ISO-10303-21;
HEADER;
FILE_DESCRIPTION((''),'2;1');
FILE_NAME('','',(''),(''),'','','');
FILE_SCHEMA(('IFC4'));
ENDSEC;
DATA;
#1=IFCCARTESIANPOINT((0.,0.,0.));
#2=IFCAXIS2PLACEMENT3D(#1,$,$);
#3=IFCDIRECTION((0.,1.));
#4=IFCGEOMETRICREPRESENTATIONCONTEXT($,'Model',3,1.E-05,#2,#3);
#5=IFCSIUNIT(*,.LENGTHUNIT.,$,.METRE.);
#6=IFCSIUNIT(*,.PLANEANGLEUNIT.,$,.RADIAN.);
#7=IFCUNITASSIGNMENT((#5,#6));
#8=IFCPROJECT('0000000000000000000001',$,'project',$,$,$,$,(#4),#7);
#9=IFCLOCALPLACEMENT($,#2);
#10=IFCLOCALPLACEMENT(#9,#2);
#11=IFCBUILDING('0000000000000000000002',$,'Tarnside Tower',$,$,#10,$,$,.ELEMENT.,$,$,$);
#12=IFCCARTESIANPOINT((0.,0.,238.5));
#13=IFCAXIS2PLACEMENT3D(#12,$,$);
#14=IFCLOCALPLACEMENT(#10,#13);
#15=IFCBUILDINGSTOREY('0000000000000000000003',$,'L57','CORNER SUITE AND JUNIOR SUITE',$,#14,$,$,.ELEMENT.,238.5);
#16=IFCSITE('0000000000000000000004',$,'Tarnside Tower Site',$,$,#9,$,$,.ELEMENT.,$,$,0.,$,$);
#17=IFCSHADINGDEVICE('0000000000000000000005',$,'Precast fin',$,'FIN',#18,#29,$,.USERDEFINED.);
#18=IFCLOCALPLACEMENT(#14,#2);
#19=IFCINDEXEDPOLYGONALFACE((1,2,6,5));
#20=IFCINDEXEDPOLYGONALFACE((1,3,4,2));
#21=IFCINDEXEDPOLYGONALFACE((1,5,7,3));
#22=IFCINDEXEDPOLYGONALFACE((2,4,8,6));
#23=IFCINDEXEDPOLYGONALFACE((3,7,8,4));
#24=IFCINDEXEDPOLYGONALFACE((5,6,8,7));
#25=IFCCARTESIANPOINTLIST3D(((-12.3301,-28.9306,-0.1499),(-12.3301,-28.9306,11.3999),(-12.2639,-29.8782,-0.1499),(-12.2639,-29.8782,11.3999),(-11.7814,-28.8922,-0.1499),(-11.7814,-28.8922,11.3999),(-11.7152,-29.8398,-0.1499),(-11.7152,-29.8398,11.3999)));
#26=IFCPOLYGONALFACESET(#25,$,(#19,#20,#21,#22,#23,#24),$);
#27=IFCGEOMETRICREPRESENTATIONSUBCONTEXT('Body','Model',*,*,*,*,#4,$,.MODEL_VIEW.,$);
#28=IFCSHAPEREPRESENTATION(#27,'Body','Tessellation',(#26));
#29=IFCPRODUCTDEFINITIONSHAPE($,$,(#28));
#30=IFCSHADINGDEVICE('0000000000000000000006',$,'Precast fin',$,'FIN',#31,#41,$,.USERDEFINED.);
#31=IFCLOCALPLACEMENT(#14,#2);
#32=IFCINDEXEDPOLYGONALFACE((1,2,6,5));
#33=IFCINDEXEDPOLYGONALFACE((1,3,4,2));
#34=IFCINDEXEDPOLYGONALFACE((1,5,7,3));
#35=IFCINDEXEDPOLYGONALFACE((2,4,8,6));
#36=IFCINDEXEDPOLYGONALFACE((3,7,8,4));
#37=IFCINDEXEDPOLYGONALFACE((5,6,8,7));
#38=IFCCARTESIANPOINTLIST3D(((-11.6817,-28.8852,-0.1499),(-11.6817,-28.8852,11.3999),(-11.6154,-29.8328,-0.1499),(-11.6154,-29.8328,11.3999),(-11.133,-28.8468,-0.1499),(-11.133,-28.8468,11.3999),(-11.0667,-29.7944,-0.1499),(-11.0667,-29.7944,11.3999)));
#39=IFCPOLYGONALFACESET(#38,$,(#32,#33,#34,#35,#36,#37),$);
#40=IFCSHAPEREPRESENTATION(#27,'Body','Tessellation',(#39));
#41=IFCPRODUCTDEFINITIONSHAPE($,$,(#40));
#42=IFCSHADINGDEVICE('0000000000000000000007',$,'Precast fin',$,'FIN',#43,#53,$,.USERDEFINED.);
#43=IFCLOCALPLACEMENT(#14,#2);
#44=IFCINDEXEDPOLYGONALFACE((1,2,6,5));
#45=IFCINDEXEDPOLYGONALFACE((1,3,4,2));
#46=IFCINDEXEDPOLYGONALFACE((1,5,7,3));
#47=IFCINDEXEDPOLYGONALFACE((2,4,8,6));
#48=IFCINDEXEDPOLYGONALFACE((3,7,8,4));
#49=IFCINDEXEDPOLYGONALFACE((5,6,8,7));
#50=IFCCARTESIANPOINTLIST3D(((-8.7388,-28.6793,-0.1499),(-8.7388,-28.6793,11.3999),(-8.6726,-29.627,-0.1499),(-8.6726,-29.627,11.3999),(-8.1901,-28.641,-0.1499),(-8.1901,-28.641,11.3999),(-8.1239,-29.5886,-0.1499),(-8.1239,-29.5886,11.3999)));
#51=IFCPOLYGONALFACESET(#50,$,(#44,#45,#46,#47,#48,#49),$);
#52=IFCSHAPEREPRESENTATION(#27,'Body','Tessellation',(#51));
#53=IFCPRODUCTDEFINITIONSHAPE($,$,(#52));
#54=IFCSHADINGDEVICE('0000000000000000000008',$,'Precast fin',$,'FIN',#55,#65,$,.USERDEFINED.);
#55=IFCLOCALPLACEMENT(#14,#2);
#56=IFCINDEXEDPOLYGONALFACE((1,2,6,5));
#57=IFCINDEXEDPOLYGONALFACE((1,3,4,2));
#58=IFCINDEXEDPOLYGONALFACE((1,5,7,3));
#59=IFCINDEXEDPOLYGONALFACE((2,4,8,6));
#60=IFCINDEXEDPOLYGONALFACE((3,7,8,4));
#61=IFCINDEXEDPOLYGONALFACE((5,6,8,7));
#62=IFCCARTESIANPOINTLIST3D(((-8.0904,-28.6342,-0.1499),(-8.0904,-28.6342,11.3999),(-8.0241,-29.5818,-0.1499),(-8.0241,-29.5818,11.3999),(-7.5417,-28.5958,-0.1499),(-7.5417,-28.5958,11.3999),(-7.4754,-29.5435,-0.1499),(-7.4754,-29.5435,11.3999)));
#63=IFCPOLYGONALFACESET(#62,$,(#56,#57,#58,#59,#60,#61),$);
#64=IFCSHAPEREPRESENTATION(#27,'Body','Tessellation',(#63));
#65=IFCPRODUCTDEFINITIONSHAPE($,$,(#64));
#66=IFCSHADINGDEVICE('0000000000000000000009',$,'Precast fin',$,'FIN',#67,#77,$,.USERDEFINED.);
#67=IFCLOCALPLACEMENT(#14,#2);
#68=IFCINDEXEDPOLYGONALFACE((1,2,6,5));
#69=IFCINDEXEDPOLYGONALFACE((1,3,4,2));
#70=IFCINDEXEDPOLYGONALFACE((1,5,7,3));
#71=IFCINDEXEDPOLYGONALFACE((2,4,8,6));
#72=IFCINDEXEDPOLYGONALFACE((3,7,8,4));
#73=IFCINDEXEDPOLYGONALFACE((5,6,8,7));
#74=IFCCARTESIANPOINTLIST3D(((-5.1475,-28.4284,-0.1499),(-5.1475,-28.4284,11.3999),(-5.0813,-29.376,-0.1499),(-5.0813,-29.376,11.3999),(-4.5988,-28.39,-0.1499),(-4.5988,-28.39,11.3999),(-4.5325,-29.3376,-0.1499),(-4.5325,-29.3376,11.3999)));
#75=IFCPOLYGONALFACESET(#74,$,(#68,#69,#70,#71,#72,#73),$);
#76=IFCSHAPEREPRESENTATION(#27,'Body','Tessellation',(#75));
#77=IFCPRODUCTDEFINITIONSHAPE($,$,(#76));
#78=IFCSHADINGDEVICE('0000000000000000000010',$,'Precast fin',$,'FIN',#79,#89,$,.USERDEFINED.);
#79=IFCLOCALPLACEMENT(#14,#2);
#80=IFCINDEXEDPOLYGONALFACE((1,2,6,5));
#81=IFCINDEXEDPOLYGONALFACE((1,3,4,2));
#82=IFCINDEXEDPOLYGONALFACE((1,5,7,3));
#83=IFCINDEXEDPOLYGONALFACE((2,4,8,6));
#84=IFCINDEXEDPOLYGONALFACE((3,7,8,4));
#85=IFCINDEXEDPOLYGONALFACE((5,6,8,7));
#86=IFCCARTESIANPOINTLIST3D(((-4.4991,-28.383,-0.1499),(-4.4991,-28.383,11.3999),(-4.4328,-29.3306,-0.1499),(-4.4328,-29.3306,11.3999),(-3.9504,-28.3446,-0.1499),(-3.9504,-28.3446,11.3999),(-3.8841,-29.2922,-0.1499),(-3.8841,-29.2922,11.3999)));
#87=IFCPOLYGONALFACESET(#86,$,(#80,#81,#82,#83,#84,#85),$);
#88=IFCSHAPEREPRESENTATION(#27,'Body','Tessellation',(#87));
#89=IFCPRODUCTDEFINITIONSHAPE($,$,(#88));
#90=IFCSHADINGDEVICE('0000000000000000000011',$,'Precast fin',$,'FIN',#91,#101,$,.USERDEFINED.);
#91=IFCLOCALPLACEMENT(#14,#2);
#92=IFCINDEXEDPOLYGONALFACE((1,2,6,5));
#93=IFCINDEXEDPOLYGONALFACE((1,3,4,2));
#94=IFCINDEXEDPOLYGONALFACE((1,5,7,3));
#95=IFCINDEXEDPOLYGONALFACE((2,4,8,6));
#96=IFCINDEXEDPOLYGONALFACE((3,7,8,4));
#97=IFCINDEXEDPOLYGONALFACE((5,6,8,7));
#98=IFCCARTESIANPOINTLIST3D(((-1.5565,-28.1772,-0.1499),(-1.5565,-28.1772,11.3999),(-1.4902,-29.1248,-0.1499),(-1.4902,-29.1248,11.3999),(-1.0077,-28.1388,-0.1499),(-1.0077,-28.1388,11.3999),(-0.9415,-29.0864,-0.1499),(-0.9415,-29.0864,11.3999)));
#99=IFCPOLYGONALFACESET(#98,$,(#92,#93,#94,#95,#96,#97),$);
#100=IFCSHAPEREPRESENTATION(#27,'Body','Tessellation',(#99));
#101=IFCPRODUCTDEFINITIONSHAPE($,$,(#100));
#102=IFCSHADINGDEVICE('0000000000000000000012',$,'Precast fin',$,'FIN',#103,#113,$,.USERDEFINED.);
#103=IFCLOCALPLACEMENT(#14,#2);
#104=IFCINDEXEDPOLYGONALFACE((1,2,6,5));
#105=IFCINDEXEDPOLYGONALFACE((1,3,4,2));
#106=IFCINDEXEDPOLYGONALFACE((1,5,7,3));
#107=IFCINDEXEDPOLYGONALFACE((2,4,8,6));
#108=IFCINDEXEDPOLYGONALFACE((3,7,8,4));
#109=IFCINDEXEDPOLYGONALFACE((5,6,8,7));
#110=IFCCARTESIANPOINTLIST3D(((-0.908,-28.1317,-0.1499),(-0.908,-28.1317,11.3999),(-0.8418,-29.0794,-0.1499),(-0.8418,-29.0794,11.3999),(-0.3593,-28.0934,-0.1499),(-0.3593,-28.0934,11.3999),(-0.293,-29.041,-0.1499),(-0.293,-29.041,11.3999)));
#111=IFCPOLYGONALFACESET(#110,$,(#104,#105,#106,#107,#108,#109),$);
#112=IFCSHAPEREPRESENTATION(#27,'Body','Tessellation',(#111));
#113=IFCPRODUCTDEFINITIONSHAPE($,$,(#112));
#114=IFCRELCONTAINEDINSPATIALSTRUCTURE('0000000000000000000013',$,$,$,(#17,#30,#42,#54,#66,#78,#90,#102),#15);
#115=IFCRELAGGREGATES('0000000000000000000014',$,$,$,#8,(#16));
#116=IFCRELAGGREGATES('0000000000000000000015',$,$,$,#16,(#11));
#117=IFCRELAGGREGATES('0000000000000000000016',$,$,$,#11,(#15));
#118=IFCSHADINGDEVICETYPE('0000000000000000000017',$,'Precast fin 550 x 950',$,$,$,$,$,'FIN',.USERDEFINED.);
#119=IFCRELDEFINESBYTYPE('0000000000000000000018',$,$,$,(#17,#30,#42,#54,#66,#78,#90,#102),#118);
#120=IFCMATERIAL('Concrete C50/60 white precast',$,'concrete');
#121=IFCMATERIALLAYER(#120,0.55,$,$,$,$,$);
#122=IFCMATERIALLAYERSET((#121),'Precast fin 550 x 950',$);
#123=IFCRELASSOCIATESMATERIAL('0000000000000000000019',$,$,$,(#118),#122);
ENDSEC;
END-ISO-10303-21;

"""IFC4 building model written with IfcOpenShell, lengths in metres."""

from ifc_helpers import new_model, si_unit, direction, frame, origin, place, context, subcontext, project, spatial, polyline, outline, extrude, material, layer, layer_set, type_object, element, save


model = new_model("IFC4")

# Units and contexts
model_context = context("Model", 3, precision=1e-05, world=origin(), true_north=direction((0.0, 1.0)))
body_context = subcontext(model_context, "Body", "Model", "MODEL_VIEW")
ifc_project = project(units=[si_unit("LENGTHUNIT", "METRE"), si_unit("PLANEANGLEUNIT", "RADIAN")], contexts=[model_context])

# Site, building, storey
site_placement = place(None, origin())
site = spatial("IfcSite", under=ifc_project, at=site_placement, Name="Tarnside Tower Site", CompositionType="ELEMENT", RefElevation=0.0)
building_placement = place(site_placement, origin())
building = spatial("IfcBuilding", under=site, at=building_placement, Name="Tarnside Tower", CompositionType="ELEMENT")
storey_placement = place(building_placement, frame((0.0, 0.0, 238.5)))
storey = spatial("IfcBuildingStorey", under=building, at=storey_placement, Name="L57", Description="CORNER SUITE AND JUNIOR SUITE", CompositionType="ELEMENT", Elevation=238.5)

# Shading devices
ifc_material_1 = material(Name="Concrete C50/60 white precast", Category="concrete")
ifc_layer_1 = layer(ifc_material_1, 0.55)
ifc_layer_set_1 = layer_set([ifc_layer_1], Name="Precast fin 550 x 950")
shading_device_type_1 = type_object("IfcShadingDeviceType", Name="Precast fin 550 x 950", ElementType="FIN", PredefinedType="USERDEFINED", material=ifc_layer_set_1)
for number, where, z_axis, x_axis, name in (
    (1, (-12.0557, -28.9114, -0.1499), (-0.997564, -0.069756, 0.0), (0.069756, -0.997564, 0.0), "Precast fin"),
    (2, (-11.4072, -28.866, -0.1499), (-0.997564, -0.069756, 0.0), (0.069756, -0.997564, 0.0), "Precast fin"),
    (3, (-8.4644, -28.6602, -0.1499), (-0.997564, -0.069756, 0.0), (0.069756, -0.997564, 0.0), "Precast fin"),
    (4, (-7.8159, -28.615, -0.1499), (-0.997564, -0.069756, 0.0), (0.069756, -0.997564, 0.0), "Precast fin"),
    (5, (-4.873, -28.4092, -0.1499), (-0.997564, -0.069756, 0.0), (0.069756, -0.997564, 0.0), "Precast fin"),
    (6, (-4.2246, -28.3638, -0.1499), (-0.997564, -0.069756, 0.0), (0.069756, -0.997564, 0.0), "Precast fin"),
    (7, (-1.282, -28.158, -0.1499), (-0.997564, -0.069756, 0.0), (0.069756, -0.997564, 0.0), "Precast fin"),
    (8, (-0.6335, -28.1125, -0.1499), (-0.997564, -0.069756, 0.0), (0.069756, -0.997564, 0.0), "Precast fin"),
):
    element("IfcShadingDevice", number, at=place(storey_placement, frame(where, z_axis=z_axis, x_axis=x_axis)), inside=storey, type_object=shading_device_type_1, Name=name, ObjectType="FIN", PredefinedType="USERDEFINED", context=body_context, shape_type="SweptSolid", body=[
        extrude(outline(polyline([(0.0, 0.0), (0.95, 0.0), (0.95, 11.5498), (0.0, 11.5498), (0.0, 0.0)])), frame((0.0, 0.0, -0.2749)), (0.0, 0.0, 1.0), 0.55),
    ])

save(model, "model.ifc")
